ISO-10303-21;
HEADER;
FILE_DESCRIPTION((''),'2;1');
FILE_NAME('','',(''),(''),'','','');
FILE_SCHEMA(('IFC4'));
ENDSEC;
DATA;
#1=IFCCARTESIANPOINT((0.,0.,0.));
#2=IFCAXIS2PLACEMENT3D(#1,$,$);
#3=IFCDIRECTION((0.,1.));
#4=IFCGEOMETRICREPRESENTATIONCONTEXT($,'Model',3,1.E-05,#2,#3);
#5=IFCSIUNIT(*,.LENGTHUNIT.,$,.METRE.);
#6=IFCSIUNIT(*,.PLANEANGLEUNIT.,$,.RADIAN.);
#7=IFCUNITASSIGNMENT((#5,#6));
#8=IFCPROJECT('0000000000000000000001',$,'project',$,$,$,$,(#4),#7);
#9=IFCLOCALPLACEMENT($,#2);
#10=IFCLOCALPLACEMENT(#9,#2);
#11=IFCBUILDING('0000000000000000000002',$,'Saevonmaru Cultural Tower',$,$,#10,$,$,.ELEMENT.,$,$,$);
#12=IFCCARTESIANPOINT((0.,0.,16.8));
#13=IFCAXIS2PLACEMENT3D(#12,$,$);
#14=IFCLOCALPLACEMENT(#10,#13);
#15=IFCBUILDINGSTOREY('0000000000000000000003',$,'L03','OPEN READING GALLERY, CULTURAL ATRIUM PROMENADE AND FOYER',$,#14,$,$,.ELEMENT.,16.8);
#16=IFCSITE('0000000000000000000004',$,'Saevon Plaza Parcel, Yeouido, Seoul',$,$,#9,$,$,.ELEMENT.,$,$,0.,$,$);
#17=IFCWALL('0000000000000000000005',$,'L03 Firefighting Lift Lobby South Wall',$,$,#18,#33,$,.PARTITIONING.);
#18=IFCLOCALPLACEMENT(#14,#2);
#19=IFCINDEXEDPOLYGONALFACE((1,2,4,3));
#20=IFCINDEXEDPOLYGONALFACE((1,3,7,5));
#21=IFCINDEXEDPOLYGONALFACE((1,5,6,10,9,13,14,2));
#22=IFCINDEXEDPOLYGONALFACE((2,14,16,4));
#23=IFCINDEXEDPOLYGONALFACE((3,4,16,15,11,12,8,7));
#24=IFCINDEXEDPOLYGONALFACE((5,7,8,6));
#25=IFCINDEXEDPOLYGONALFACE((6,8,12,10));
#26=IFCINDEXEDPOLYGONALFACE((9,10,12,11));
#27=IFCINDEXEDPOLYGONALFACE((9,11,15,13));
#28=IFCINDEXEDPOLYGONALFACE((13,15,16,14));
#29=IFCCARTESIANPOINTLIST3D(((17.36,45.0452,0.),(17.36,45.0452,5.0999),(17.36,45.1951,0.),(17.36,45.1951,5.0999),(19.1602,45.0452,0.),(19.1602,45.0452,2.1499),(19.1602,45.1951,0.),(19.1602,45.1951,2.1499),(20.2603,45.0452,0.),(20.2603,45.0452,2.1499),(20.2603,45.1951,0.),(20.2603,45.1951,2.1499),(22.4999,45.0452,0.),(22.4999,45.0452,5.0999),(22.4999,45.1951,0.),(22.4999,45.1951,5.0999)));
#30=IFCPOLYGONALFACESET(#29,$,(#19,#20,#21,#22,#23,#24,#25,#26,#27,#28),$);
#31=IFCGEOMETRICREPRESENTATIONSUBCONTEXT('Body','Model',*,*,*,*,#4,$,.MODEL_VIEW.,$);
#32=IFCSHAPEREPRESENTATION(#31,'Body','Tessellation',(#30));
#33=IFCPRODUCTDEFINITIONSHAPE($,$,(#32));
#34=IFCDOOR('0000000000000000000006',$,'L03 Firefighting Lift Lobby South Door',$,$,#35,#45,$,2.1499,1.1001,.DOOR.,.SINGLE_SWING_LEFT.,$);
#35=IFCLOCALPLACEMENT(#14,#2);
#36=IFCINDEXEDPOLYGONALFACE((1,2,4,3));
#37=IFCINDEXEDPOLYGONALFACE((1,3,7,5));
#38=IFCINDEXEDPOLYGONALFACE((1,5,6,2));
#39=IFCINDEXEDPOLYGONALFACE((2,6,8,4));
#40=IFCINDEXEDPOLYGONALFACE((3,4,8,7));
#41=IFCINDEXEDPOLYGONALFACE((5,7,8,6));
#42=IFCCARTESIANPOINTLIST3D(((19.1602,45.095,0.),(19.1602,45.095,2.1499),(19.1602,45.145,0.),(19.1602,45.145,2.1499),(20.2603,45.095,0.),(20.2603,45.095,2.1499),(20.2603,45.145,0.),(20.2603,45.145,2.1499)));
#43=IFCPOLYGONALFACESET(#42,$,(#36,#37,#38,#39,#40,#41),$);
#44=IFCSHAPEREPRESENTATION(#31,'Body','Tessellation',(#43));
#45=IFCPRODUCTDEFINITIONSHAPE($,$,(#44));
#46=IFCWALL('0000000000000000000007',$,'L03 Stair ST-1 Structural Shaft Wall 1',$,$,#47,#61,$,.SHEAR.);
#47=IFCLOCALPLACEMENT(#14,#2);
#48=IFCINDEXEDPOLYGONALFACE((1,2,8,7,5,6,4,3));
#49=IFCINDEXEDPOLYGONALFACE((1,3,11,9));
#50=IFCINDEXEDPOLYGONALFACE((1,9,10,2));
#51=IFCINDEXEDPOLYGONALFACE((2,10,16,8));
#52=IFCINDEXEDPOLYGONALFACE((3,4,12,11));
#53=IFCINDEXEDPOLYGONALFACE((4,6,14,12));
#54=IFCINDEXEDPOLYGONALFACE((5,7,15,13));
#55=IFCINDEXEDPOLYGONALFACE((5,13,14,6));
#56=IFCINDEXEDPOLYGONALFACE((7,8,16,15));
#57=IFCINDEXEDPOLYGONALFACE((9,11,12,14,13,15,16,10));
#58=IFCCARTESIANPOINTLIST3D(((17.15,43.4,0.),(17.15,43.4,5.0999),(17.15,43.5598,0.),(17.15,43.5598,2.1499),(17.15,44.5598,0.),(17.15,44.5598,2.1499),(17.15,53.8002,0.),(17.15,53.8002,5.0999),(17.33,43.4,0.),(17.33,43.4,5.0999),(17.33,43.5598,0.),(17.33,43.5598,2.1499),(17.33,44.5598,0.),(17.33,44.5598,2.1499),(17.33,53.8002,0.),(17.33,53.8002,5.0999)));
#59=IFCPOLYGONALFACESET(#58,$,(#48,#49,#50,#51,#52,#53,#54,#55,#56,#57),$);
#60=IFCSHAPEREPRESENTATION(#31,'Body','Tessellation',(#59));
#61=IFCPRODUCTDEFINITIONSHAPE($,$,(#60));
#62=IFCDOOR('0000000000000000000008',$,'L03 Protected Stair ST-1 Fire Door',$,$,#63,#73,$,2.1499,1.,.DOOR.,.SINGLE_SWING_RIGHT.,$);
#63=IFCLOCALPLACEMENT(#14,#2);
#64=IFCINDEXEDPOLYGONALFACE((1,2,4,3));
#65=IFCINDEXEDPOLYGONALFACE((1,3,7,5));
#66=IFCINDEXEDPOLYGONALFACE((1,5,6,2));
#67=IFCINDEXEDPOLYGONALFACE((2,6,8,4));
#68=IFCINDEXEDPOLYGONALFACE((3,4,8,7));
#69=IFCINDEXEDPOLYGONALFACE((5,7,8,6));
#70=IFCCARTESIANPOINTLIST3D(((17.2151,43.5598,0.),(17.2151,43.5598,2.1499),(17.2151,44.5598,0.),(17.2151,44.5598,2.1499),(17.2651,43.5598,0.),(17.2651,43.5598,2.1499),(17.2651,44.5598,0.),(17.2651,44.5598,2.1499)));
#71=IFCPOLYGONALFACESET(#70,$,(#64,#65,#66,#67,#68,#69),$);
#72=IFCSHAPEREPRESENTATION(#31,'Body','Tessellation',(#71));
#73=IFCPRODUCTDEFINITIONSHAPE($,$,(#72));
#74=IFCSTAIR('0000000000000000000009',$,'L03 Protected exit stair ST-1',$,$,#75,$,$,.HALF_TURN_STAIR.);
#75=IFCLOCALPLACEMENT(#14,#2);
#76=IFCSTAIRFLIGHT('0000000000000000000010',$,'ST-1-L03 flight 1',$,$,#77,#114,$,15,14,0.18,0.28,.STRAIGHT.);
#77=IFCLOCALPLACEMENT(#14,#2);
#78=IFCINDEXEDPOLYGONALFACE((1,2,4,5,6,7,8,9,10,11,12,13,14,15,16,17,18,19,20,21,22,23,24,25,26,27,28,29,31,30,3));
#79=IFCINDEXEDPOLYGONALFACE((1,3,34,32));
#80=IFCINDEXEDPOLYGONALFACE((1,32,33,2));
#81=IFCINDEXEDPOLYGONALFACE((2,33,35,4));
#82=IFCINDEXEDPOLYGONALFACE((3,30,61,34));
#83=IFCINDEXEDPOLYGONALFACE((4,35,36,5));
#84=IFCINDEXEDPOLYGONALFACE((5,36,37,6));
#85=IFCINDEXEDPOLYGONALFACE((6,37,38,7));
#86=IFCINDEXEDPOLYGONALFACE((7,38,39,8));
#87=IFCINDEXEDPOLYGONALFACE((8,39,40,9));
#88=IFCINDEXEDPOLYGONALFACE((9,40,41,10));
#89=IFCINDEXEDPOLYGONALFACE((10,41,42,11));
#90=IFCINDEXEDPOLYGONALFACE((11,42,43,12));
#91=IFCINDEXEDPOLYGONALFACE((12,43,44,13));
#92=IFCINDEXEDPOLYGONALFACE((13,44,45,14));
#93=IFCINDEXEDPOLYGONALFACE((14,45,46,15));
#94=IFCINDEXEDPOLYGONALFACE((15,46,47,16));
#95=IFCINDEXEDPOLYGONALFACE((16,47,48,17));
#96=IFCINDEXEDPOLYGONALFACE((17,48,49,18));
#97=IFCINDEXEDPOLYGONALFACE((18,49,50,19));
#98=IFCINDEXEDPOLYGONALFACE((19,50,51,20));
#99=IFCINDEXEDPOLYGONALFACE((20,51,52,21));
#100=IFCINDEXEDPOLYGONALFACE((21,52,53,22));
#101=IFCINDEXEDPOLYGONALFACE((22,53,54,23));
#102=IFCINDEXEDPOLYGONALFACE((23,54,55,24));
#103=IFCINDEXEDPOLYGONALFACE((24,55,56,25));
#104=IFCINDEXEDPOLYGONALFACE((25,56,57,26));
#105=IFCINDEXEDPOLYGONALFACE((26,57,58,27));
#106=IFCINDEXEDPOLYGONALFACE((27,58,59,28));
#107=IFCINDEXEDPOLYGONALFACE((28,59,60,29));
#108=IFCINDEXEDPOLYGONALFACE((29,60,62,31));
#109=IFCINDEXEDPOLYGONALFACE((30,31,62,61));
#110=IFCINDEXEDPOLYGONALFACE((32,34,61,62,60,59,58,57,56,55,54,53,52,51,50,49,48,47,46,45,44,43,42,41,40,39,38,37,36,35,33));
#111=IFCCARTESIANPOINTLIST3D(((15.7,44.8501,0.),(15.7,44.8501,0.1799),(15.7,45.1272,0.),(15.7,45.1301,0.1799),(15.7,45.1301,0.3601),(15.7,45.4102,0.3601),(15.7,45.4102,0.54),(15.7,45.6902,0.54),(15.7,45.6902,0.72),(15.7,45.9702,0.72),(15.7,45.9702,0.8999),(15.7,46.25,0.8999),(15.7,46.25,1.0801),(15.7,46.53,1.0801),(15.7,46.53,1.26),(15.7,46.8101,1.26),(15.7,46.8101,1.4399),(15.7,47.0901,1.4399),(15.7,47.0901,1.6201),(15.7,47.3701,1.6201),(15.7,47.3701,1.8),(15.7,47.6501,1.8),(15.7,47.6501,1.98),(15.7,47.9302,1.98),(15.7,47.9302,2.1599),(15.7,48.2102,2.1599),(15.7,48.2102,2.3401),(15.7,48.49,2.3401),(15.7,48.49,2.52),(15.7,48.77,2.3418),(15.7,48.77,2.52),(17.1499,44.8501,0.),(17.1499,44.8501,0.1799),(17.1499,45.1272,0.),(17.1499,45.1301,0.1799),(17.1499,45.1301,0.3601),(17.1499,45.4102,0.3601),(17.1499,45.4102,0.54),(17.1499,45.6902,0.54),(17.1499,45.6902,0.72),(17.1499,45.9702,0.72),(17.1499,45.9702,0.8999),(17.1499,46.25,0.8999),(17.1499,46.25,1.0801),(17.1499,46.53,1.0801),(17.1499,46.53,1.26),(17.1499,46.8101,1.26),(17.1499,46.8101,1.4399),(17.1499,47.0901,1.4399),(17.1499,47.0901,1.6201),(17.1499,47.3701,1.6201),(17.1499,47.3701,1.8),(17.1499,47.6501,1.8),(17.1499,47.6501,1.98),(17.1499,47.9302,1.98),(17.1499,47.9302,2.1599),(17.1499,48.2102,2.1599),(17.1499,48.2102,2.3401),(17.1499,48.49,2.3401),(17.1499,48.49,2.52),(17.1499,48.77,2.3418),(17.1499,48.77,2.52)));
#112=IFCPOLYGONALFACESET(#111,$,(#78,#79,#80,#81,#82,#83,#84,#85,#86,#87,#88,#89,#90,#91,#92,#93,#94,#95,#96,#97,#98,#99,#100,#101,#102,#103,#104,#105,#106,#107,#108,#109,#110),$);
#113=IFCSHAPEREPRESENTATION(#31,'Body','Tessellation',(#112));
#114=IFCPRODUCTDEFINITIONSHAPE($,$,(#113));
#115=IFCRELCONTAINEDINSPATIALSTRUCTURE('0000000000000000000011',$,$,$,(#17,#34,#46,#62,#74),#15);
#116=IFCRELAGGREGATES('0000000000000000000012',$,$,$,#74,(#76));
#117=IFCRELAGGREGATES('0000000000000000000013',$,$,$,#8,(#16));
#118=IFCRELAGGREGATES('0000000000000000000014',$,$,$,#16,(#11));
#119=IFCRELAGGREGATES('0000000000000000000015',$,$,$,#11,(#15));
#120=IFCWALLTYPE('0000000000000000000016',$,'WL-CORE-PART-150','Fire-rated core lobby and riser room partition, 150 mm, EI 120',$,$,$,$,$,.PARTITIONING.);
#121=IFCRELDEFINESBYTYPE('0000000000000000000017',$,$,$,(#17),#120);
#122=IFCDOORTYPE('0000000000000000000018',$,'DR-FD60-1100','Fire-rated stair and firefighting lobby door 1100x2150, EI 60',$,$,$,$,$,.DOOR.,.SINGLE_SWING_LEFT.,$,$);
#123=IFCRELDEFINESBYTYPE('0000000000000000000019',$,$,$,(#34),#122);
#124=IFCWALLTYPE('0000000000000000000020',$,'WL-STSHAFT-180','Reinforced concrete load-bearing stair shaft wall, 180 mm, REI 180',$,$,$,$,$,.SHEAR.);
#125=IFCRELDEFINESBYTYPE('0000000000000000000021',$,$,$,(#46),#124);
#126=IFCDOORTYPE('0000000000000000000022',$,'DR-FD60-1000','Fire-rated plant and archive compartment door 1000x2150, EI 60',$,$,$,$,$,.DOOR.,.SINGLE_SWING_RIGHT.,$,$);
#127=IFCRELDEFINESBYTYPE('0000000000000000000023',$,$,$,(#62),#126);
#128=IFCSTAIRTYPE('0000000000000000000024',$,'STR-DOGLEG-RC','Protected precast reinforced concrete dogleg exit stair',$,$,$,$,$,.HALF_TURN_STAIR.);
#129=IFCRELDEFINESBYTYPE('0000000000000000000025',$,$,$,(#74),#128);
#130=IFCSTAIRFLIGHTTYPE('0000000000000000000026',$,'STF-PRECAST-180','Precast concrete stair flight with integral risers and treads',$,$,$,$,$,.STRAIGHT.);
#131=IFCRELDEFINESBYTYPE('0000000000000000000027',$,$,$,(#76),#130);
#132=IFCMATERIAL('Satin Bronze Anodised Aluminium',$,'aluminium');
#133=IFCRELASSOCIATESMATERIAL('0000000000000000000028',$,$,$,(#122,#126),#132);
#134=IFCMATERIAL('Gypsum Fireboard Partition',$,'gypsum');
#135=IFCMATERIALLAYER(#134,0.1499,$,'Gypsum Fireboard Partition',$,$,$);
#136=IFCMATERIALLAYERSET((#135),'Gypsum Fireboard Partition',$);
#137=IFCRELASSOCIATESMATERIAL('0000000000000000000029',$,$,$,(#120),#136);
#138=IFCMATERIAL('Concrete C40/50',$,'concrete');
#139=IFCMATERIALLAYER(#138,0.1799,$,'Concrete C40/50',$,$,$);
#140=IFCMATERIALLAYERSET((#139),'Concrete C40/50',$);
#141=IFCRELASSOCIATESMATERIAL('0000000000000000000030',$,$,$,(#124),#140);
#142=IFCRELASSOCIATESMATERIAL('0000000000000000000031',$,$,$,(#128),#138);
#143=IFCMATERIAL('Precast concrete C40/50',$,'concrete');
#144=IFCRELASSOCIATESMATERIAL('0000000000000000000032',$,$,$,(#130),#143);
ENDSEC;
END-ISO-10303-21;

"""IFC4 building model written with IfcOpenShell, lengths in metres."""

from ifc_helpers import new_model, si_unit, direction, frame, frame_2d, origin, place, context, subcontext, project, spatial, polyline, rectangle, outline, extrude, material, layer, layer_set, type_object, element, fill, aggregate, save


model = new_model("IFC4")

# Units and contexts
model_context = context("Model", 3, precision=1e-05, world=origin(), true_north=direction((0.0, 1.0)))
body_context = subcontext(model_context, "Body", "Model", "MODEL_VIEW")
ifc_project = project(units=[si_unit("LENGTHUNIT", "METRE"), si_unit("PLANEANGLEUNIT", "RADIAN")], contexts=[model_context])

# Site, building, storey
site_placement = place(None, origin())
site = spatial("IfcSite", under=ifc_project, at=site_placement, Name="Saevon Plaza Parcel, Yeouido, Seoul", CompositionType="ELEMENT", RefElevation=0.0)
building_placement = place(site_placement, origin())
building = spatial("IfcBuilding", under=site, at=building_placement, Name="Saevonmaru Cultural Tower", CompositionType="ELEMENT")
storey_placement = place(building_placement, frame((0.0, 0.0, 16.8)))
storey = spatial("IfcBuildingStorey", under=building, at=storey_placement, Name="L03", Description="OPEN READING GALLERY, CULTURAL ATRIUM PROMENADE AND FOYER", CompositionType="ELEMENT", Elevation=16.8)

# Shared definitions
ifc_material_1 = material(Name="Satin Bronze Anodised Aluminium", Category="aluminium")
door_type_1 = type_object("IfcDoorType", Name="DR-FD60-1100", Description="Fire-rated stair and firefighting lobby door 1100x2150, EI 60", OperationType="SINGLE_SWING_LEFT", PredefinedType="DOOR", material=ifc_material_1)

# Walls, openings, doors
ifc_material_2 = material(Name="Gypsum Fireboard Partition", Category="gypsum")
ifc_layer_1 = layer(ifc_material_2, 0.1499, Name="Gypsum Fireboard Partition")
ifc_layer_set_1 = layer_set([ifc_layer_1], Name="Gypsum Fireboard Partition")
wall_type_1 = type_object("IfcWallType", Name="WL-CORE-PART-150", Description="Fire-rated core lobby and riser room partition, 150 mm, EI 120", PredefinedType="PARTITIONING", material=ifc_layer_set_1)
wall_1_placement = place(storey_placement, frame((17.3601, 45.1201, 0.0), z_axis=(0.0, 0.0, 1.0), x_axis=(1.0, 0.0, 0.0)))
wall_1 = element("IfcWall", 1, at=wall_1_placement, inside=storey, type_object=wall_type_1, Name="L03 Firefighting Lift Lobby South Wall", PredefinedType="PARTITIONING", context=body_context, shape_type="SweptSolid", body=[
    extrude(rectangle(XDim=5.1399, YDim=0.1499, at=frame_2d((2.5698, 0.0))), origin(), (0.0, 0.0, 1.0), 5.0999),
])
opening_1_placement = place(wall_1_placement, frame((1.8, 0.0, 0.0)))
opening_1 = element("IfcOpeningElement", 2, at=opening_1_placement, cuts=wall_1, PredefinedType="OPENING", context=body_context, shape_type="SweptSolid", body=[
    extrude(rectangle(XDim=1.1001, YDim=2.1499, at=frame_2d((0.55, 1.075))), frame((0.0, 0.085, 0.0), z_axis=(0.0, -1.0, 0.0), x_axis=(1.0, 0.0, 0.0)), (0.0, 0.0, 1.0), 0.1699),
])
door_1_placement = place(opening_1_placement, origin())
door_1 = element("IfcDoor", 3, at=door_1_placement, inside=storey, type_object=door_type_1, Name="L03 Firefighting Lift Lobby South Door", OperationType="SINGLE_SWING_LEFT", OverallHeight=2.1499, OverallWidth=1.1001, PredefinedType="DOOR", context=body_context, shape_type="SweptSolid", body=[
    extrude(rectangle(XDim=1.1001, YDim=2.1499, at=frame_2d((0.55, 1.075))), frame((0.0, 0.0249, 0.0), z_axis=(0.0, -1.0, 0.0), x_axis=(1.0, 0.0, 0.0)), (0.0, 0.0, 1.0), 0.05),
])
fill(opening_1, door_1)
ifc_material_3 = material(Name="Concrete C40/50", Category="concrete")
ifc_layer_2 = layer(ifc_material_3, 0.1799, Name="Concrete C40/50")
ifc_layer_set_2 = layer_set([ifc_layer_2], Name="Concrete C40/50")
wall_type_2 = type_object("IfcWallType", Name="WL-STSHAFT-180", Description="Reinforced concrete load-bearing stair shaft wall, 180 mm, REI 180", PredefinedType="SHEAR", material=ifc_layer_set_2)
wall_2_placement = place(storey_placement, frame((17.24, 43.3999, 0.0), z_axis=(0.0, 0.0, 1.0), x_axis=(0.0, 1.0, 0.0)))
wall_2 = element("IfcWall", 4, at=wall_2_placement, inside=storey, type_object=wall_type_2, Name="L03 Stair ST-1 Structural Shaft Wall 1", PredefinedType="SHEAR", context=body_context, shape_type="SweptSolid", body=[
    extrude(rectangle(XDim=10.4001, YDim=0.1799, at=frame_2d((5.2002, 0.0))), origin(), (0.0, 0.0, 1.0), 5.0999),
])
opening_2_placement = place(wall_2_placement, frame((0.1599, 0.0, 0.0)))
opening_2 = element("IfcOpeningElement", 5, at=opening_2_placement, cuts=wall_2, PredefinedType="OPENING", context=body_context, shape_type="SweptSolid", body=[
    extrude(rectangle(XDim=1.0, YDim=2.1499, at=frame_2d((0.5, 1.075))), frame((0.0, 0.1001, 0.0), z_axis=(0.0, -1.0, 0.0), x_axis=(1.0, 0.0, 0.0)), (0.0, 0.0, 1.0), 0.2),
])
door_type_2 = type_object("IfcDoorType", Name="DR-FD60-1000", Description="Fire-rated plant and archive compartment door 1000x2150, EI 60", OperationType="SINGLE_SWING_RIGHT", PredefinedType="DOOR", material=ifc_material_1)
door_2_placement = place(opening_2_placement, origin())
door_2 = element("IfcDoor", 6, at=door_2_placement, inside=storey, type_object=door_type_2, Name="L03 Protected Stair ST-1 Fire Door", OperationType="SINGLE_SWING_RIGHT", OverallHeight=2.1499, OverallWidth=1.0, PredefinedType="DOOR", context=body_context, shape_type="SweptSolid", body=[
    extrude(rectangle(XDim=1.0, YDim=2.1499, at=frame_2d((0.5, 1.075))), frame((0.0, 0.0249, 0.0), z_axis=(0.0, -1.0, 0.0), x_axis=(1.0, 0.0, 0.0)), (0.0, 0.0, 1.0), 0.05),
])
fill(opening_2, door_2)

# Stair, stair flight
stair_type = type_object("IfcStairType", Name="STR-DOGLEG-RC", Description="Protected precast reinforced concrete dogleg exit stair", PredefinedType="HALF_TURN_STAIR", material=ifc_material_3)
stair_placement = place(storey_placement, origin())
stair = element("IfcStair", 7, at=stair_placement, inside=storey, type_object=stair_type, Name="L03 Protected exit stair ST-1", PredefinedType="HALF_TURN_STAIR")
ifc_material_4 = material(Name="Precast concrete C40/50", Category="concrete")
stair_flight_type = type_object("IfcStairFlightType", Name="STF-PRECAST-180", Description="Precast concrete stair flight with integral risers and treads", PredefinedType="STRAIGHT", material=ifc_material_4)
stair_flight_placement = place(storey_placement, frame((16.425, 44.8501, 0.0), z_axis=(0.0, 0.0, 1.0), x_axis=(0.0, 1.0, 0.0)))
stair_flight = element("IfcStairFlight", 8, at=stair_flight_placement, type_object=stair_flight_type, Name="ST-1-L03 flight 1", NumberOfRisers=15, NumberOfTreads=14, PredefinedType="STRAIGHT", RiserHeight=0.18, TreadLength=0.28, context=body_context, shape_type="SweptSolid", body=[
    extrude(outline(polyline([(0.0, 0.0), (0.0, 0.1799), (0.28, 0.1799), (0.28, 0.3601), (0.5601, 0.3601), (0.5601, 0.54), (0.8401, 0.54), (0.8401, 0.72), (1.1201, 0.72), (1.1201, 0.8999), (1.3999, 0.8999), (1.3999, 1.0801), (1.6799, 1.0801), (1.6799, 1.26), (1.96, 1.26), (1.96, 1.4399), (2.24, 1.4399), (2.24, 1.6201), (2.52, 1.6201), (2.52, 1.8), (2.8, 1.8), (2.8, 1.98), (3.0801, 1.98), (3.0801, 2.1599), (3.3601, 2.1599), (3.3601, 2.3401), (3.6399, 2.3401), (3.6399, 2.52), (3.9199, 2.52), (3.9199, 2.7), (3.9199, 2.3418), (0.2771, 0.0), (0.0, 0.0)])), frame((0.0, 0.7251, 0.0), z_axis=(0.0, -1.0, 0.0), x_axis=(1.0, 0.0, 0.0)), (0.0, 0.0, 1.0), 1.45),
])
aggregate(stair, [stair_flight])

save(model, "model.ifc")
